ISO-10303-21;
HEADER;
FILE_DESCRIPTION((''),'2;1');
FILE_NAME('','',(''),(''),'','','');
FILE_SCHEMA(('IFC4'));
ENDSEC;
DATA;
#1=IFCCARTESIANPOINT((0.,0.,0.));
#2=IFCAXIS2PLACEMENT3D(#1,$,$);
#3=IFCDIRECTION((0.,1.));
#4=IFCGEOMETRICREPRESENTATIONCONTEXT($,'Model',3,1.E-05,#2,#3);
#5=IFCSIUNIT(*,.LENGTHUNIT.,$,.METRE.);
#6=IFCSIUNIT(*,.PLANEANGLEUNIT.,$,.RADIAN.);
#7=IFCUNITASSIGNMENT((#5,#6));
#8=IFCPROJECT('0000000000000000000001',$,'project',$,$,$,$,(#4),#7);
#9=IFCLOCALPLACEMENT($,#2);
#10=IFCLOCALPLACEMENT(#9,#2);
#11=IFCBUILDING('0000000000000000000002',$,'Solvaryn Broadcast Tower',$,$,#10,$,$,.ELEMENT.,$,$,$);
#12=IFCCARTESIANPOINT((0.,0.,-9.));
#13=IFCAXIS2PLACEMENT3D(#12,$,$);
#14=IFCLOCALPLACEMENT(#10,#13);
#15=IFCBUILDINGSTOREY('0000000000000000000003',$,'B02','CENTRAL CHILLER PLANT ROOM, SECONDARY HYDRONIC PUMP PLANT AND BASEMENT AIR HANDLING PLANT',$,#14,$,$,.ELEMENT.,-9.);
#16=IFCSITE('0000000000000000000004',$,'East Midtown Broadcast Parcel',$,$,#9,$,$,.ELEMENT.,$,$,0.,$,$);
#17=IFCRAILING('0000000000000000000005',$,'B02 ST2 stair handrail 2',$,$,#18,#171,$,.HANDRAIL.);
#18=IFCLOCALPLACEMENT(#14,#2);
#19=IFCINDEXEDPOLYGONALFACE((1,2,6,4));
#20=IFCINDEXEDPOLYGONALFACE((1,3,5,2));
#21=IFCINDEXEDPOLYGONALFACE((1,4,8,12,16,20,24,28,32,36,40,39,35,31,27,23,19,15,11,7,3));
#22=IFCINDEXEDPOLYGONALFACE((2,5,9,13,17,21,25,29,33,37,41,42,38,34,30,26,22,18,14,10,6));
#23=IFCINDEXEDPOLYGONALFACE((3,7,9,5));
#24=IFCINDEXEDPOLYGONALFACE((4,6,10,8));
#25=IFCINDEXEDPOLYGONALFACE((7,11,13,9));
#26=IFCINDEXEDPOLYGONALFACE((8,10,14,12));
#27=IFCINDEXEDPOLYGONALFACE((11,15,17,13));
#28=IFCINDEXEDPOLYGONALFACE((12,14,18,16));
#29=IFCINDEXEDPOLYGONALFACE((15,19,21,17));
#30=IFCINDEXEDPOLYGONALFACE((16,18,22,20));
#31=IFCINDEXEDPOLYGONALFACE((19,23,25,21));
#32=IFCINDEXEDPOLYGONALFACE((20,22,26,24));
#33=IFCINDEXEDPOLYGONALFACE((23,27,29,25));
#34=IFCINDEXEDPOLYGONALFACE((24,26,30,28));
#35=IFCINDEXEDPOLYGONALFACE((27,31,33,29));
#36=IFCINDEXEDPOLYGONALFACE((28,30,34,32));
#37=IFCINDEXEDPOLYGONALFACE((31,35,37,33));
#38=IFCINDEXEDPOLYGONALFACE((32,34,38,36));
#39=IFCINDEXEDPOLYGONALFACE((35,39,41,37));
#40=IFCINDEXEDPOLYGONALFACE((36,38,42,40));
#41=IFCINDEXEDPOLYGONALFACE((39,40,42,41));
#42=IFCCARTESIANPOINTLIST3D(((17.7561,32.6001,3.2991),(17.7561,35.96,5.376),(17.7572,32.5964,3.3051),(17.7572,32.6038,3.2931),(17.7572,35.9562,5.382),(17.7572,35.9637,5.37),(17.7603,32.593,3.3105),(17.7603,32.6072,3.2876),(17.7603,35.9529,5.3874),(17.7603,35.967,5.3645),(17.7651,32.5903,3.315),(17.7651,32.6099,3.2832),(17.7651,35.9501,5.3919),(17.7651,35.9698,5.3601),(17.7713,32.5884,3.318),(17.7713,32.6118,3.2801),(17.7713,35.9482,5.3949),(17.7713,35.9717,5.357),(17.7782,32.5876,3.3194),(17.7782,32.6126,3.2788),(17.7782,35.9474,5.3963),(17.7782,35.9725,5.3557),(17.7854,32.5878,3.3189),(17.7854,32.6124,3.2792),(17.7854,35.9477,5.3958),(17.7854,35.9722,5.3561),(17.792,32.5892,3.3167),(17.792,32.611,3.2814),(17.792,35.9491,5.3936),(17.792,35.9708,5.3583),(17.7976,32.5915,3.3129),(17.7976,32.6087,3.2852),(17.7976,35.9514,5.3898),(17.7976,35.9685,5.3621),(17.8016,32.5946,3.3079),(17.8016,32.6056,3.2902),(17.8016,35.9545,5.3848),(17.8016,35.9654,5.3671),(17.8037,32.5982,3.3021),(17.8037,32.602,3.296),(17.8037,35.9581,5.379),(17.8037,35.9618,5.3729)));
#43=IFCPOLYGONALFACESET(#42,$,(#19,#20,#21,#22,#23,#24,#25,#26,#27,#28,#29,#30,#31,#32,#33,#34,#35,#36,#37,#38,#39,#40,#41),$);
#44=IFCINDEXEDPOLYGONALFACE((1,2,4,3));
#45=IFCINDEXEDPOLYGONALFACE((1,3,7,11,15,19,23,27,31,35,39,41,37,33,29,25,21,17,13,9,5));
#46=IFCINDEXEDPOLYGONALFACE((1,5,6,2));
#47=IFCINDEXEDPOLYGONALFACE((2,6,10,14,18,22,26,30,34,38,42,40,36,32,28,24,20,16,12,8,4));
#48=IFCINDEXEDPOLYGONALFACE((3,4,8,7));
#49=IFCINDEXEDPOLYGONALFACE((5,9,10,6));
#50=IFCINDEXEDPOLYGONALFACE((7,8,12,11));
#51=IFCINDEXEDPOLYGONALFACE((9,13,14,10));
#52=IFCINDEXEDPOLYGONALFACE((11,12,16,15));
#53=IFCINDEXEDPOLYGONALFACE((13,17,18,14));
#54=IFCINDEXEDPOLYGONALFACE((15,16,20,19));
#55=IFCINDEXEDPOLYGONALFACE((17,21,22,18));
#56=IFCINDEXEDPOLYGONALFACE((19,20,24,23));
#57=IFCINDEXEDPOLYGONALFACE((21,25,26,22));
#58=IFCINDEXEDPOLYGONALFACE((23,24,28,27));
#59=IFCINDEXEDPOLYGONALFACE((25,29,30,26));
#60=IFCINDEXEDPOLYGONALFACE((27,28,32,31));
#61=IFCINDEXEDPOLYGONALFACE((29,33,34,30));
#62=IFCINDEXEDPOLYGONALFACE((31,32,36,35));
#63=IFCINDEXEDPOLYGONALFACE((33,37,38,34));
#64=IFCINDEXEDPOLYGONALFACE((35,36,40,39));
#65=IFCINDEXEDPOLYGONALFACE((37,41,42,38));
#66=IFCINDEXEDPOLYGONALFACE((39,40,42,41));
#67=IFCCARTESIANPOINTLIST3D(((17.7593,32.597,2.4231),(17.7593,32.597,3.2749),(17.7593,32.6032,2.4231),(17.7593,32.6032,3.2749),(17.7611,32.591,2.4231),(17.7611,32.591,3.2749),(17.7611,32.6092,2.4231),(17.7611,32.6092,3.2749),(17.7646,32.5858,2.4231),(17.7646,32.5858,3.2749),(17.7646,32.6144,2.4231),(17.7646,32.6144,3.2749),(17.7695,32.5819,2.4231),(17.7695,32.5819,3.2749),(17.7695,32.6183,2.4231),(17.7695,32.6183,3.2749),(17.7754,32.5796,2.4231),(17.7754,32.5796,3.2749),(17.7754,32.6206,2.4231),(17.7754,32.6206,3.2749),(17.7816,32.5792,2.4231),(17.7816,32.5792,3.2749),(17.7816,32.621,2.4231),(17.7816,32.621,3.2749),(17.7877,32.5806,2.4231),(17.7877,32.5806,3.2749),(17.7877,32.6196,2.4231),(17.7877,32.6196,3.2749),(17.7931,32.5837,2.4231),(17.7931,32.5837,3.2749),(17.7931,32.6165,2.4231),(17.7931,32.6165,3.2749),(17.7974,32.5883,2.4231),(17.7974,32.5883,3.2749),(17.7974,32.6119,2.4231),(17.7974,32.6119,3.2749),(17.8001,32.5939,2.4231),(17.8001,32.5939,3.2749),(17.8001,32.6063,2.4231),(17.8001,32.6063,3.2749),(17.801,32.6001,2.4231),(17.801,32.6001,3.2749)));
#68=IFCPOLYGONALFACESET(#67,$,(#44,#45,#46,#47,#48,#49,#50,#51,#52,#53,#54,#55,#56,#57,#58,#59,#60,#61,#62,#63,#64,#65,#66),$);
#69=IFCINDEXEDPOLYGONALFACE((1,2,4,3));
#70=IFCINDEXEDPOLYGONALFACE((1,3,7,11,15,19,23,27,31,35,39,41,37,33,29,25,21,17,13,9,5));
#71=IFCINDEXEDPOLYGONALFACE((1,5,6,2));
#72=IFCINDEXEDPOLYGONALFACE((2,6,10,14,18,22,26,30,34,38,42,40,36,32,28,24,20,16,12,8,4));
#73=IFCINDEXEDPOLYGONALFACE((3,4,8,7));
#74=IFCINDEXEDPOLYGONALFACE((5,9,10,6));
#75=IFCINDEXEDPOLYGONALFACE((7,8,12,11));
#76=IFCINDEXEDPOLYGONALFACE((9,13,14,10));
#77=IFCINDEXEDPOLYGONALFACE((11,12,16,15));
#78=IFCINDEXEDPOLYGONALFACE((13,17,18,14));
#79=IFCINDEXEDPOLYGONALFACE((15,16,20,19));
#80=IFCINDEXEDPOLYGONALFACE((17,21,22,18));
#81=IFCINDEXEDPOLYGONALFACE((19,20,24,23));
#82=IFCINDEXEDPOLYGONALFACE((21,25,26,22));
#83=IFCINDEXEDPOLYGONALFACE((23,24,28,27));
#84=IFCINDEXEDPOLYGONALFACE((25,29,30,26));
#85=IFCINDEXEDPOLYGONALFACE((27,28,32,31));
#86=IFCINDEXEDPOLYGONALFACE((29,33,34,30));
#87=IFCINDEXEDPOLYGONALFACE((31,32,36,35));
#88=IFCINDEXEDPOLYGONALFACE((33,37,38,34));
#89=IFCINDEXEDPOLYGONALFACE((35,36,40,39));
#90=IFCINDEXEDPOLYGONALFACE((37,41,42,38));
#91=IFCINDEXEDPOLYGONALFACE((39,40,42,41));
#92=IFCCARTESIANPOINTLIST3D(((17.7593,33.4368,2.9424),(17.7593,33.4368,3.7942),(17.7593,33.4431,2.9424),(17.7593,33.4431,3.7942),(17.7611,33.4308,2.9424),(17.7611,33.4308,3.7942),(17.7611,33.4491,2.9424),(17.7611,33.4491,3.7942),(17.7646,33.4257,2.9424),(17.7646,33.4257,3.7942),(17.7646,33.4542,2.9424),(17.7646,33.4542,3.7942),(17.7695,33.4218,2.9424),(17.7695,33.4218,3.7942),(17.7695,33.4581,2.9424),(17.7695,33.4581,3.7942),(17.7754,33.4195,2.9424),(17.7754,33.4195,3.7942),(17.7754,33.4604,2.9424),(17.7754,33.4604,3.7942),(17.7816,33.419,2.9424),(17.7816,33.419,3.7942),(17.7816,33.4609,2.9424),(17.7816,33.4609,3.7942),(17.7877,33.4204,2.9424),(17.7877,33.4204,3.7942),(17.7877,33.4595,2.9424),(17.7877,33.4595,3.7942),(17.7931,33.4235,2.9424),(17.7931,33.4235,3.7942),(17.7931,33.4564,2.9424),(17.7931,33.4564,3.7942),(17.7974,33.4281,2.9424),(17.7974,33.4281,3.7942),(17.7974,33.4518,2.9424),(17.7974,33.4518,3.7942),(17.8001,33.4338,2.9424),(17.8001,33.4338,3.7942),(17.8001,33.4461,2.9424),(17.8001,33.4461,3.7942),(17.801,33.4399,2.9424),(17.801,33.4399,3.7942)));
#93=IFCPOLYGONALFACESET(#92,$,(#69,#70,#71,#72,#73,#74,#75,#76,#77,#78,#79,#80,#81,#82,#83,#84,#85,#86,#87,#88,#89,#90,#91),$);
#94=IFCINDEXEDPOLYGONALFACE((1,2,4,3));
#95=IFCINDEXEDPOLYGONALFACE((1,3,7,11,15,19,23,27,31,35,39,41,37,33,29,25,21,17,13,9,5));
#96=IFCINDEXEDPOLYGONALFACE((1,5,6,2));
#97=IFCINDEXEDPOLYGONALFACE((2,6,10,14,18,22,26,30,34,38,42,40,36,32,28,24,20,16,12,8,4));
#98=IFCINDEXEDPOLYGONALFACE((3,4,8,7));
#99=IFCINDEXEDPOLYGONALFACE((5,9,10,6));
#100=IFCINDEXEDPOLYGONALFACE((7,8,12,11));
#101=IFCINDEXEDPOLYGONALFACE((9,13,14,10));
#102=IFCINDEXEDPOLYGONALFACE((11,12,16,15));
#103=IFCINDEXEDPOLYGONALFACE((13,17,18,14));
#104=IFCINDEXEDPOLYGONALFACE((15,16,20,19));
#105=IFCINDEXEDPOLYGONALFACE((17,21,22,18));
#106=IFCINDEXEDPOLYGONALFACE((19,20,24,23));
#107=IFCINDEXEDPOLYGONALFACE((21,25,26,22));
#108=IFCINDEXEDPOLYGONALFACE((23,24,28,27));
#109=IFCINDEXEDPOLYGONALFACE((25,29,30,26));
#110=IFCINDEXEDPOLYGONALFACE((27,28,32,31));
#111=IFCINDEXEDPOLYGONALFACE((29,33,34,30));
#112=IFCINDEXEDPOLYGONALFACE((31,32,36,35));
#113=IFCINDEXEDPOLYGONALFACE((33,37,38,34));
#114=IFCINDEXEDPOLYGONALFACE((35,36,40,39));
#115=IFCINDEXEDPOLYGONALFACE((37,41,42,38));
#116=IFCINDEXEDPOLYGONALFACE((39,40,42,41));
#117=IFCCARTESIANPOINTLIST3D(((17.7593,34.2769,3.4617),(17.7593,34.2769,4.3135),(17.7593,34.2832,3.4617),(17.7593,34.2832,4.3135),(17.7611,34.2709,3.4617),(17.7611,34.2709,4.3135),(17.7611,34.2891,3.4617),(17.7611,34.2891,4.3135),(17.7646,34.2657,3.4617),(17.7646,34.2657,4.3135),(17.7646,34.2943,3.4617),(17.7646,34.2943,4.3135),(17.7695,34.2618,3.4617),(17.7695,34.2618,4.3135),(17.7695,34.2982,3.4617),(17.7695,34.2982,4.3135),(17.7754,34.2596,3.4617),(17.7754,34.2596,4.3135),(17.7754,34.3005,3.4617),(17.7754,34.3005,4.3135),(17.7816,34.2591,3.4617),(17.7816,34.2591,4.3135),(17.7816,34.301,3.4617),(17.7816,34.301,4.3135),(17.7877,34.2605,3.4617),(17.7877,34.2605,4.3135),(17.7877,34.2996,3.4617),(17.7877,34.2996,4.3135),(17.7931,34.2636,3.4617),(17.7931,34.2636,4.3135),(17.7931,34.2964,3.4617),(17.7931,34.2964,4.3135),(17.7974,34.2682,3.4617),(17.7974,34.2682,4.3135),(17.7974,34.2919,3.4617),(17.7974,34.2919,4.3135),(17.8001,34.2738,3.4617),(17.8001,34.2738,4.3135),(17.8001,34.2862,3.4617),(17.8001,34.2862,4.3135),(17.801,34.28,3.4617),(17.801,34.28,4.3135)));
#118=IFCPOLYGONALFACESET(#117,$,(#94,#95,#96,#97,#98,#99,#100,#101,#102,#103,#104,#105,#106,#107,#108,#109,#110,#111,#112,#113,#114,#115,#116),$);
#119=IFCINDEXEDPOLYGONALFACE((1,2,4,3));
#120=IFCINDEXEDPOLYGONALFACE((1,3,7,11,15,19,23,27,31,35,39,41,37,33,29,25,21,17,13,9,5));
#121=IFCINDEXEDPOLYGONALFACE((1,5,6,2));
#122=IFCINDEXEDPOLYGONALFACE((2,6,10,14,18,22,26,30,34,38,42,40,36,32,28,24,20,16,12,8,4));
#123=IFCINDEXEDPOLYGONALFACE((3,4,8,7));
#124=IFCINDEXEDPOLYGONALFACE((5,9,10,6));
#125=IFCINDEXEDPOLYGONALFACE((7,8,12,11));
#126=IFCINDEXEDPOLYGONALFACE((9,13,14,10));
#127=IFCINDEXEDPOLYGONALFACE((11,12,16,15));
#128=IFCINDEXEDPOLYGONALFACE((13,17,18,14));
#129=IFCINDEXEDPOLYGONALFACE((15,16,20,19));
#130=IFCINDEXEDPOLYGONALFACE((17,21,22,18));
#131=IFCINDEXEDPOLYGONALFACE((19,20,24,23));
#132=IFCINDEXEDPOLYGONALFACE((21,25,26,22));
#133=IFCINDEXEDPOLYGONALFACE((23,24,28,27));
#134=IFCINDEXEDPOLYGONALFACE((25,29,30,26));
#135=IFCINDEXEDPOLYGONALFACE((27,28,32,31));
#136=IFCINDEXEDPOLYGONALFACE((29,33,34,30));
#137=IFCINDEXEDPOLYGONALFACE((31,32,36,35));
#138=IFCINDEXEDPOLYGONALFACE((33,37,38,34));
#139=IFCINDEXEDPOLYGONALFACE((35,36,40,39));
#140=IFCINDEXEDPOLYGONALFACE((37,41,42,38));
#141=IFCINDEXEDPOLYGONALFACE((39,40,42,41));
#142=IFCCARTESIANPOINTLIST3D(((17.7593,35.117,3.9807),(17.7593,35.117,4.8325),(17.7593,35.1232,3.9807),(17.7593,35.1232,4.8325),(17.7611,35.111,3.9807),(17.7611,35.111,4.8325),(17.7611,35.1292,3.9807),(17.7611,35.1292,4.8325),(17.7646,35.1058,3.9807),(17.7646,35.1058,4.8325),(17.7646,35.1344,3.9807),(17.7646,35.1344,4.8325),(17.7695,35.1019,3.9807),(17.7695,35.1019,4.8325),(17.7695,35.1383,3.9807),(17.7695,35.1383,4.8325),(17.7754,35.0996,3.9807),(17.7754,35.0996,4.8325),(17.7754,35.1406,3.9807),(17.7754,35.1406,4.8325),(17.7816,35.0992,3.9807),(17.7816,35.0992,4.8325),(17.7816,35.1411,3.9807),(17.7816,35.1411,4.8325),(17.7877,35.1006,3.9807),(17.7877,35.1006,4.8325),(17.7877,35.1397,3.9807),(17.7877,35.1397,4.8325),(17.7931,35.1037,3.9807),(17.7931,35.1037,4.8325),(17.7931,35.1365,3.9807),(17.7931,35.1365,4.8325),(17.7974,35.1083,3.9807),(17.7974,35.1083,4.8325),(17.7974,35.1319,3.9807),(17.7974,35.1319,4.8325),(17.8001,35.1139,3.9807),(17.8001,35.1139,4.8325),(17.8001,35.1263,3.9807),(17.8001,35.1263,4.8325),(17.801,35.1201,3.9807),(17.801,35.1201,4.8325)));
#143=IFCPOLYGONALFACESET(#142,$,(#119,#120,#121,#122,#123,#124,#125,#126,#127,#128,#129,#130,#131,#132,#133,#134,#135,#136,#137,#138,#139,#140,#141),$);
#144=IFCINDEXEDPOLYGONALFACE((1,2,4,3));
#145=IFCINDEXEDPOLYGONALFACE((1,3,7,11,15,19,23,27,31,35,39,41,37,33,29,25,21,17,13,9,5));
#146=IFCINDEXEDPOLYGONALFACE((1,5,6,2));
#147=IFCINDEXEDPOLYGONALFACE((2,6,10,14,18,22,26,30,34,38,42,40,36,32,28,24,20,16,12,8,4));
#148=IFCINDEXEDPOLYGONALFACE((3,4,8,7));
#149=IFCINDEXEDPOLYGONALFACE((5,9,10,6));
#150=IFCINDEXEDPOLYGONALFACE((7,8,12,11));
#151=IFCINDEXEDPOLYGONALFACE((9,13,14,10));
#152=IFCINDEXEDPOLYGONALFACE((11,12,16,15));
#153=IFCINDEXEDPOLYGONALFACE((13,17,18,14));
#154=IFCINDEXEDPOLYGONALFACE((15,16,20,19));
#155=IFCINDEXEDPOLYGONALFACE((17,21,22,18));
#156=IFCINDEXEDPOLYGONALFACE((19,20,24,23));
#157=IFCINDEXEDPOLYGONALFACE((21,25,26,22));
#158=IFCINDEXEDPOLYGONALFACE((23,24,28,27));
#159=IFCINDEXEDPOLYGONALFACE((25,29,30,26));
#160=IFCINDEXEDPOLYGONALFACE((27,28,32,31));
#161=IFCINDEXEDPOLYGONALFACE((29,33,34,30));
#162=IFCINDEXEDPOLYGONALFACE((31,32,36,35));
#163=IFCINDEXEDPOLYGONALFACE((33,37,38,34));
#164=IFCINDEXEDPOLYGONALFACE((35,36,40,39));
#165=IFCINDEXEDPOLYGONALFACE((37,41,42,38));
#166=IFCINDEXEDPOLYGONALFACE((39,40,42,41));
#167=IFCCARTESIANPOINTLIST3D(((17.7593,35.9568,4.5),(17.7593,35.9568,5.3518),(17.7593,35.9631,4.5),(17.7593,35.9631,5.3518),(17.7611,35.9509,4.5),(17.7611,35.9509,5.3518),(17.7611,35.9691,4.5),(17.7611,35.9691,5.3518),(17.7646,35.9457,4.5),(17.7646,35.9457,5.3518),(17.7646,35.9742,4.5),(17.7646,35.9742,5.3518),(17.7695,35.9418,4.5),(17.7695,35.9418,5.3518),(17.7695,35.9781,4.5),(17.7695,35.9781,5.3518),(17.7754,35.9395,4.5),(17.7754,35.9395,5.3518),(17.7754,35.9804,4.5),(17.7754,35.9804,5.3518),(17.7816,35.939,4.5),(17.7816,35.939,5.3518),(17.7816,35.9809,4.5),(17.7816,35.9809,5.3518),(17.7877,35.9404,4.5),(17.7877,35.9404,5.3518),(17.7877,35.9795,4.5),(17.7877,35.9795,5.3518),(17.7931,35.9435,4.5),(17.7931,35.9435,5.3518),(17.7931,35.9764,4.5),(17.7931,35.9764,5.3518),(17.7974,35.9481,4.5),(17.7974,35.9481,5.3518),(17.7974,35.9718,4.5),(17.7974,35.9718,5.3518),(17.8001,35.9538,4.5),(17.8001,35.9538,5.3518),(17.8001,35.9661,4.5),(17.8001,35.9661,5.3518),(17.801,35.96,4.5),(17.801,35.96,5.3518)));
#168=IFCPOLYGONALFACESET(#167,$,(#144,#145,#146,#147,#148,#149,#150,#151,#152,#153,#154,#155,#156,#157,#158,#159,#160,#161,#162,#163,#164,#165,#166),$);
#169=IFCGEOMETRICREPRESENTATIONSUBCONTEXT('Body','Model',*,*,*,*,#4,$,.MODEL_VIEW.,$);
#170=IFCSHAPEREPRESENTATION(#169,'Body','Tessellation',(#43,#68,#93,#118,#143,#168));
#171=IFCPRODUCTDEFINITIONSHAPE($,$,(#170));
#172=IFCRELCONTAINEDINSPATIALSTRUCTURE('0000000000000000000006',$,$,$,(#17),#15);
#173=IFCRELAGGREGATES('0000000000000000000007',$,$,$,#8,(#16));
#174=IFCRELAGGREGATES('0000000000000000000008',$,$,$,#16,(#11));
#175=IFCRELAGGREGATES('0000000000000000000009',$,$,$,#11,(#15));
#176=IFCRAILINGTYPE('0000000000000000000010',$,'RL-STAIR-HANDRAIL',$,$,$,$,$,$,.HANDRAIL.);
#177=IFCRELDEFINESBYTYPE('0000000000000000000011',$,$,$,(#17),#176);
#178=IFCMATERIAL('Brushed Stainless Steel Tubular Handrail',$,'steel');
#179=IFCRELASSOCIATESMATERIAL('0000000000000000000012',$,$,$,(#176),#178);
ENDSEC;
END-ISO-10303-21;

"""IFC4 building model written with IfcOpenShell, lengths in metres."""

from ifc_helpers import new_model, si_unit, direction, frame, origin, origin_2d, place, context, subcontext, project, spatial, circle, extrude, material, type_object, element, save


model = new_model("IFC4")

# Units and contexts
model_context = context("Model", 3, precision=1e-05, world=origin(), true_north=direction((0.0, 1.0)))
body_context = subcontext(model_context, "Body", "Model", "MODEL_VIEW")
ifc_project = project(units=[si_unit("LENGTHUNIT", "METRE"), si_unit("PLANEANGLEUNIT", "RADIAN")], contexts=[model_context])

# Site, building, storey
site_placement = place(None, origin())
site = spatial("IfcSite", under=ifc_project, at=site_placement, Name="East Midtown Broadcast Parcel", CompositionType="ELEMENT", RefElevation=0.0)
building_placement = place(site_placement, origin())
building = spatial("IfcBuilding", under=site, at=building_placement, Name="Solvaryn Broadcast Tower", CompositionType="ELEMENT")
storey_placement = place(building_placement, frame((0.0, 0.0, -9.0)))
storey = spatial("IfcBuildingStorey", under=building, at=storey_placement, Name="B02", Description="CENTRAL CHILLER PLANT ROOM, SECONDARY HYDRONIC PUMP PLANT AND BASEMENT AIR HANDLING PLANT", CompositionType="ELEMENT", Elevation=-9.0)

# Railing
ifc_material_1 = material(Name="Brushed Stainless Steel Tubular Handrail", Category="steel")
railing_type_1 = type_object("IfcRailingType", Name="RL-STAIR-HANDRAIL", PredefinedType="HANDRAIL", material=ifc_material_1)
railing_1_placement = place(storey_placement, frame((17.78, 32.6001, 2.4231)))
element("IfcRailing", 1, at=railing_1_placement, inside=storey, type_object=railing_type_1, Name="B02 ST2 stair handrail 2", PredefinedType="HANDRAIL", context=body_context, shape_type="SweptSolid", body=[
    extrude(circle(Radius=0.0239, at=origin_2d()), frame((0.0, 0.0, 0.876), z_axis=(0.0, 0.850606, 0.525803), x_axis=(-1.0, 0.0, 0.0)), (0.0, 0.0, 1.0), 3.95),
    extrude(circle(Radius=0.021, at=origin_2d()), origin(), (0.0, 0.0, 1.0), 0.8518),
    extrude(circle(Radius=0.021, at=origin_2d()), frame((0.0, 0.8398, 0.5193)), (0.0, 0.0, 1.0), 0.8518),
    extrude(circle(Radius=0.021, at=origin_2d()), frame((0.0, 1.6799, 1.0386)), (0.0, 0.0, 1.0), 0.8518),
    extrude(circle(Radius=0.021, at=origin_2d()), frame((0.0, 2.52, 1.5576)), (0.0, 0.0, 1.0), 0.8518),
    extrude(circle(Radius=0.021, at=origin_2d()), frame((0.0, 3.3599, 2.0769)), (0.0, 0.0, 1.0), 0.8518),
])

save(model, "model.ifc")
